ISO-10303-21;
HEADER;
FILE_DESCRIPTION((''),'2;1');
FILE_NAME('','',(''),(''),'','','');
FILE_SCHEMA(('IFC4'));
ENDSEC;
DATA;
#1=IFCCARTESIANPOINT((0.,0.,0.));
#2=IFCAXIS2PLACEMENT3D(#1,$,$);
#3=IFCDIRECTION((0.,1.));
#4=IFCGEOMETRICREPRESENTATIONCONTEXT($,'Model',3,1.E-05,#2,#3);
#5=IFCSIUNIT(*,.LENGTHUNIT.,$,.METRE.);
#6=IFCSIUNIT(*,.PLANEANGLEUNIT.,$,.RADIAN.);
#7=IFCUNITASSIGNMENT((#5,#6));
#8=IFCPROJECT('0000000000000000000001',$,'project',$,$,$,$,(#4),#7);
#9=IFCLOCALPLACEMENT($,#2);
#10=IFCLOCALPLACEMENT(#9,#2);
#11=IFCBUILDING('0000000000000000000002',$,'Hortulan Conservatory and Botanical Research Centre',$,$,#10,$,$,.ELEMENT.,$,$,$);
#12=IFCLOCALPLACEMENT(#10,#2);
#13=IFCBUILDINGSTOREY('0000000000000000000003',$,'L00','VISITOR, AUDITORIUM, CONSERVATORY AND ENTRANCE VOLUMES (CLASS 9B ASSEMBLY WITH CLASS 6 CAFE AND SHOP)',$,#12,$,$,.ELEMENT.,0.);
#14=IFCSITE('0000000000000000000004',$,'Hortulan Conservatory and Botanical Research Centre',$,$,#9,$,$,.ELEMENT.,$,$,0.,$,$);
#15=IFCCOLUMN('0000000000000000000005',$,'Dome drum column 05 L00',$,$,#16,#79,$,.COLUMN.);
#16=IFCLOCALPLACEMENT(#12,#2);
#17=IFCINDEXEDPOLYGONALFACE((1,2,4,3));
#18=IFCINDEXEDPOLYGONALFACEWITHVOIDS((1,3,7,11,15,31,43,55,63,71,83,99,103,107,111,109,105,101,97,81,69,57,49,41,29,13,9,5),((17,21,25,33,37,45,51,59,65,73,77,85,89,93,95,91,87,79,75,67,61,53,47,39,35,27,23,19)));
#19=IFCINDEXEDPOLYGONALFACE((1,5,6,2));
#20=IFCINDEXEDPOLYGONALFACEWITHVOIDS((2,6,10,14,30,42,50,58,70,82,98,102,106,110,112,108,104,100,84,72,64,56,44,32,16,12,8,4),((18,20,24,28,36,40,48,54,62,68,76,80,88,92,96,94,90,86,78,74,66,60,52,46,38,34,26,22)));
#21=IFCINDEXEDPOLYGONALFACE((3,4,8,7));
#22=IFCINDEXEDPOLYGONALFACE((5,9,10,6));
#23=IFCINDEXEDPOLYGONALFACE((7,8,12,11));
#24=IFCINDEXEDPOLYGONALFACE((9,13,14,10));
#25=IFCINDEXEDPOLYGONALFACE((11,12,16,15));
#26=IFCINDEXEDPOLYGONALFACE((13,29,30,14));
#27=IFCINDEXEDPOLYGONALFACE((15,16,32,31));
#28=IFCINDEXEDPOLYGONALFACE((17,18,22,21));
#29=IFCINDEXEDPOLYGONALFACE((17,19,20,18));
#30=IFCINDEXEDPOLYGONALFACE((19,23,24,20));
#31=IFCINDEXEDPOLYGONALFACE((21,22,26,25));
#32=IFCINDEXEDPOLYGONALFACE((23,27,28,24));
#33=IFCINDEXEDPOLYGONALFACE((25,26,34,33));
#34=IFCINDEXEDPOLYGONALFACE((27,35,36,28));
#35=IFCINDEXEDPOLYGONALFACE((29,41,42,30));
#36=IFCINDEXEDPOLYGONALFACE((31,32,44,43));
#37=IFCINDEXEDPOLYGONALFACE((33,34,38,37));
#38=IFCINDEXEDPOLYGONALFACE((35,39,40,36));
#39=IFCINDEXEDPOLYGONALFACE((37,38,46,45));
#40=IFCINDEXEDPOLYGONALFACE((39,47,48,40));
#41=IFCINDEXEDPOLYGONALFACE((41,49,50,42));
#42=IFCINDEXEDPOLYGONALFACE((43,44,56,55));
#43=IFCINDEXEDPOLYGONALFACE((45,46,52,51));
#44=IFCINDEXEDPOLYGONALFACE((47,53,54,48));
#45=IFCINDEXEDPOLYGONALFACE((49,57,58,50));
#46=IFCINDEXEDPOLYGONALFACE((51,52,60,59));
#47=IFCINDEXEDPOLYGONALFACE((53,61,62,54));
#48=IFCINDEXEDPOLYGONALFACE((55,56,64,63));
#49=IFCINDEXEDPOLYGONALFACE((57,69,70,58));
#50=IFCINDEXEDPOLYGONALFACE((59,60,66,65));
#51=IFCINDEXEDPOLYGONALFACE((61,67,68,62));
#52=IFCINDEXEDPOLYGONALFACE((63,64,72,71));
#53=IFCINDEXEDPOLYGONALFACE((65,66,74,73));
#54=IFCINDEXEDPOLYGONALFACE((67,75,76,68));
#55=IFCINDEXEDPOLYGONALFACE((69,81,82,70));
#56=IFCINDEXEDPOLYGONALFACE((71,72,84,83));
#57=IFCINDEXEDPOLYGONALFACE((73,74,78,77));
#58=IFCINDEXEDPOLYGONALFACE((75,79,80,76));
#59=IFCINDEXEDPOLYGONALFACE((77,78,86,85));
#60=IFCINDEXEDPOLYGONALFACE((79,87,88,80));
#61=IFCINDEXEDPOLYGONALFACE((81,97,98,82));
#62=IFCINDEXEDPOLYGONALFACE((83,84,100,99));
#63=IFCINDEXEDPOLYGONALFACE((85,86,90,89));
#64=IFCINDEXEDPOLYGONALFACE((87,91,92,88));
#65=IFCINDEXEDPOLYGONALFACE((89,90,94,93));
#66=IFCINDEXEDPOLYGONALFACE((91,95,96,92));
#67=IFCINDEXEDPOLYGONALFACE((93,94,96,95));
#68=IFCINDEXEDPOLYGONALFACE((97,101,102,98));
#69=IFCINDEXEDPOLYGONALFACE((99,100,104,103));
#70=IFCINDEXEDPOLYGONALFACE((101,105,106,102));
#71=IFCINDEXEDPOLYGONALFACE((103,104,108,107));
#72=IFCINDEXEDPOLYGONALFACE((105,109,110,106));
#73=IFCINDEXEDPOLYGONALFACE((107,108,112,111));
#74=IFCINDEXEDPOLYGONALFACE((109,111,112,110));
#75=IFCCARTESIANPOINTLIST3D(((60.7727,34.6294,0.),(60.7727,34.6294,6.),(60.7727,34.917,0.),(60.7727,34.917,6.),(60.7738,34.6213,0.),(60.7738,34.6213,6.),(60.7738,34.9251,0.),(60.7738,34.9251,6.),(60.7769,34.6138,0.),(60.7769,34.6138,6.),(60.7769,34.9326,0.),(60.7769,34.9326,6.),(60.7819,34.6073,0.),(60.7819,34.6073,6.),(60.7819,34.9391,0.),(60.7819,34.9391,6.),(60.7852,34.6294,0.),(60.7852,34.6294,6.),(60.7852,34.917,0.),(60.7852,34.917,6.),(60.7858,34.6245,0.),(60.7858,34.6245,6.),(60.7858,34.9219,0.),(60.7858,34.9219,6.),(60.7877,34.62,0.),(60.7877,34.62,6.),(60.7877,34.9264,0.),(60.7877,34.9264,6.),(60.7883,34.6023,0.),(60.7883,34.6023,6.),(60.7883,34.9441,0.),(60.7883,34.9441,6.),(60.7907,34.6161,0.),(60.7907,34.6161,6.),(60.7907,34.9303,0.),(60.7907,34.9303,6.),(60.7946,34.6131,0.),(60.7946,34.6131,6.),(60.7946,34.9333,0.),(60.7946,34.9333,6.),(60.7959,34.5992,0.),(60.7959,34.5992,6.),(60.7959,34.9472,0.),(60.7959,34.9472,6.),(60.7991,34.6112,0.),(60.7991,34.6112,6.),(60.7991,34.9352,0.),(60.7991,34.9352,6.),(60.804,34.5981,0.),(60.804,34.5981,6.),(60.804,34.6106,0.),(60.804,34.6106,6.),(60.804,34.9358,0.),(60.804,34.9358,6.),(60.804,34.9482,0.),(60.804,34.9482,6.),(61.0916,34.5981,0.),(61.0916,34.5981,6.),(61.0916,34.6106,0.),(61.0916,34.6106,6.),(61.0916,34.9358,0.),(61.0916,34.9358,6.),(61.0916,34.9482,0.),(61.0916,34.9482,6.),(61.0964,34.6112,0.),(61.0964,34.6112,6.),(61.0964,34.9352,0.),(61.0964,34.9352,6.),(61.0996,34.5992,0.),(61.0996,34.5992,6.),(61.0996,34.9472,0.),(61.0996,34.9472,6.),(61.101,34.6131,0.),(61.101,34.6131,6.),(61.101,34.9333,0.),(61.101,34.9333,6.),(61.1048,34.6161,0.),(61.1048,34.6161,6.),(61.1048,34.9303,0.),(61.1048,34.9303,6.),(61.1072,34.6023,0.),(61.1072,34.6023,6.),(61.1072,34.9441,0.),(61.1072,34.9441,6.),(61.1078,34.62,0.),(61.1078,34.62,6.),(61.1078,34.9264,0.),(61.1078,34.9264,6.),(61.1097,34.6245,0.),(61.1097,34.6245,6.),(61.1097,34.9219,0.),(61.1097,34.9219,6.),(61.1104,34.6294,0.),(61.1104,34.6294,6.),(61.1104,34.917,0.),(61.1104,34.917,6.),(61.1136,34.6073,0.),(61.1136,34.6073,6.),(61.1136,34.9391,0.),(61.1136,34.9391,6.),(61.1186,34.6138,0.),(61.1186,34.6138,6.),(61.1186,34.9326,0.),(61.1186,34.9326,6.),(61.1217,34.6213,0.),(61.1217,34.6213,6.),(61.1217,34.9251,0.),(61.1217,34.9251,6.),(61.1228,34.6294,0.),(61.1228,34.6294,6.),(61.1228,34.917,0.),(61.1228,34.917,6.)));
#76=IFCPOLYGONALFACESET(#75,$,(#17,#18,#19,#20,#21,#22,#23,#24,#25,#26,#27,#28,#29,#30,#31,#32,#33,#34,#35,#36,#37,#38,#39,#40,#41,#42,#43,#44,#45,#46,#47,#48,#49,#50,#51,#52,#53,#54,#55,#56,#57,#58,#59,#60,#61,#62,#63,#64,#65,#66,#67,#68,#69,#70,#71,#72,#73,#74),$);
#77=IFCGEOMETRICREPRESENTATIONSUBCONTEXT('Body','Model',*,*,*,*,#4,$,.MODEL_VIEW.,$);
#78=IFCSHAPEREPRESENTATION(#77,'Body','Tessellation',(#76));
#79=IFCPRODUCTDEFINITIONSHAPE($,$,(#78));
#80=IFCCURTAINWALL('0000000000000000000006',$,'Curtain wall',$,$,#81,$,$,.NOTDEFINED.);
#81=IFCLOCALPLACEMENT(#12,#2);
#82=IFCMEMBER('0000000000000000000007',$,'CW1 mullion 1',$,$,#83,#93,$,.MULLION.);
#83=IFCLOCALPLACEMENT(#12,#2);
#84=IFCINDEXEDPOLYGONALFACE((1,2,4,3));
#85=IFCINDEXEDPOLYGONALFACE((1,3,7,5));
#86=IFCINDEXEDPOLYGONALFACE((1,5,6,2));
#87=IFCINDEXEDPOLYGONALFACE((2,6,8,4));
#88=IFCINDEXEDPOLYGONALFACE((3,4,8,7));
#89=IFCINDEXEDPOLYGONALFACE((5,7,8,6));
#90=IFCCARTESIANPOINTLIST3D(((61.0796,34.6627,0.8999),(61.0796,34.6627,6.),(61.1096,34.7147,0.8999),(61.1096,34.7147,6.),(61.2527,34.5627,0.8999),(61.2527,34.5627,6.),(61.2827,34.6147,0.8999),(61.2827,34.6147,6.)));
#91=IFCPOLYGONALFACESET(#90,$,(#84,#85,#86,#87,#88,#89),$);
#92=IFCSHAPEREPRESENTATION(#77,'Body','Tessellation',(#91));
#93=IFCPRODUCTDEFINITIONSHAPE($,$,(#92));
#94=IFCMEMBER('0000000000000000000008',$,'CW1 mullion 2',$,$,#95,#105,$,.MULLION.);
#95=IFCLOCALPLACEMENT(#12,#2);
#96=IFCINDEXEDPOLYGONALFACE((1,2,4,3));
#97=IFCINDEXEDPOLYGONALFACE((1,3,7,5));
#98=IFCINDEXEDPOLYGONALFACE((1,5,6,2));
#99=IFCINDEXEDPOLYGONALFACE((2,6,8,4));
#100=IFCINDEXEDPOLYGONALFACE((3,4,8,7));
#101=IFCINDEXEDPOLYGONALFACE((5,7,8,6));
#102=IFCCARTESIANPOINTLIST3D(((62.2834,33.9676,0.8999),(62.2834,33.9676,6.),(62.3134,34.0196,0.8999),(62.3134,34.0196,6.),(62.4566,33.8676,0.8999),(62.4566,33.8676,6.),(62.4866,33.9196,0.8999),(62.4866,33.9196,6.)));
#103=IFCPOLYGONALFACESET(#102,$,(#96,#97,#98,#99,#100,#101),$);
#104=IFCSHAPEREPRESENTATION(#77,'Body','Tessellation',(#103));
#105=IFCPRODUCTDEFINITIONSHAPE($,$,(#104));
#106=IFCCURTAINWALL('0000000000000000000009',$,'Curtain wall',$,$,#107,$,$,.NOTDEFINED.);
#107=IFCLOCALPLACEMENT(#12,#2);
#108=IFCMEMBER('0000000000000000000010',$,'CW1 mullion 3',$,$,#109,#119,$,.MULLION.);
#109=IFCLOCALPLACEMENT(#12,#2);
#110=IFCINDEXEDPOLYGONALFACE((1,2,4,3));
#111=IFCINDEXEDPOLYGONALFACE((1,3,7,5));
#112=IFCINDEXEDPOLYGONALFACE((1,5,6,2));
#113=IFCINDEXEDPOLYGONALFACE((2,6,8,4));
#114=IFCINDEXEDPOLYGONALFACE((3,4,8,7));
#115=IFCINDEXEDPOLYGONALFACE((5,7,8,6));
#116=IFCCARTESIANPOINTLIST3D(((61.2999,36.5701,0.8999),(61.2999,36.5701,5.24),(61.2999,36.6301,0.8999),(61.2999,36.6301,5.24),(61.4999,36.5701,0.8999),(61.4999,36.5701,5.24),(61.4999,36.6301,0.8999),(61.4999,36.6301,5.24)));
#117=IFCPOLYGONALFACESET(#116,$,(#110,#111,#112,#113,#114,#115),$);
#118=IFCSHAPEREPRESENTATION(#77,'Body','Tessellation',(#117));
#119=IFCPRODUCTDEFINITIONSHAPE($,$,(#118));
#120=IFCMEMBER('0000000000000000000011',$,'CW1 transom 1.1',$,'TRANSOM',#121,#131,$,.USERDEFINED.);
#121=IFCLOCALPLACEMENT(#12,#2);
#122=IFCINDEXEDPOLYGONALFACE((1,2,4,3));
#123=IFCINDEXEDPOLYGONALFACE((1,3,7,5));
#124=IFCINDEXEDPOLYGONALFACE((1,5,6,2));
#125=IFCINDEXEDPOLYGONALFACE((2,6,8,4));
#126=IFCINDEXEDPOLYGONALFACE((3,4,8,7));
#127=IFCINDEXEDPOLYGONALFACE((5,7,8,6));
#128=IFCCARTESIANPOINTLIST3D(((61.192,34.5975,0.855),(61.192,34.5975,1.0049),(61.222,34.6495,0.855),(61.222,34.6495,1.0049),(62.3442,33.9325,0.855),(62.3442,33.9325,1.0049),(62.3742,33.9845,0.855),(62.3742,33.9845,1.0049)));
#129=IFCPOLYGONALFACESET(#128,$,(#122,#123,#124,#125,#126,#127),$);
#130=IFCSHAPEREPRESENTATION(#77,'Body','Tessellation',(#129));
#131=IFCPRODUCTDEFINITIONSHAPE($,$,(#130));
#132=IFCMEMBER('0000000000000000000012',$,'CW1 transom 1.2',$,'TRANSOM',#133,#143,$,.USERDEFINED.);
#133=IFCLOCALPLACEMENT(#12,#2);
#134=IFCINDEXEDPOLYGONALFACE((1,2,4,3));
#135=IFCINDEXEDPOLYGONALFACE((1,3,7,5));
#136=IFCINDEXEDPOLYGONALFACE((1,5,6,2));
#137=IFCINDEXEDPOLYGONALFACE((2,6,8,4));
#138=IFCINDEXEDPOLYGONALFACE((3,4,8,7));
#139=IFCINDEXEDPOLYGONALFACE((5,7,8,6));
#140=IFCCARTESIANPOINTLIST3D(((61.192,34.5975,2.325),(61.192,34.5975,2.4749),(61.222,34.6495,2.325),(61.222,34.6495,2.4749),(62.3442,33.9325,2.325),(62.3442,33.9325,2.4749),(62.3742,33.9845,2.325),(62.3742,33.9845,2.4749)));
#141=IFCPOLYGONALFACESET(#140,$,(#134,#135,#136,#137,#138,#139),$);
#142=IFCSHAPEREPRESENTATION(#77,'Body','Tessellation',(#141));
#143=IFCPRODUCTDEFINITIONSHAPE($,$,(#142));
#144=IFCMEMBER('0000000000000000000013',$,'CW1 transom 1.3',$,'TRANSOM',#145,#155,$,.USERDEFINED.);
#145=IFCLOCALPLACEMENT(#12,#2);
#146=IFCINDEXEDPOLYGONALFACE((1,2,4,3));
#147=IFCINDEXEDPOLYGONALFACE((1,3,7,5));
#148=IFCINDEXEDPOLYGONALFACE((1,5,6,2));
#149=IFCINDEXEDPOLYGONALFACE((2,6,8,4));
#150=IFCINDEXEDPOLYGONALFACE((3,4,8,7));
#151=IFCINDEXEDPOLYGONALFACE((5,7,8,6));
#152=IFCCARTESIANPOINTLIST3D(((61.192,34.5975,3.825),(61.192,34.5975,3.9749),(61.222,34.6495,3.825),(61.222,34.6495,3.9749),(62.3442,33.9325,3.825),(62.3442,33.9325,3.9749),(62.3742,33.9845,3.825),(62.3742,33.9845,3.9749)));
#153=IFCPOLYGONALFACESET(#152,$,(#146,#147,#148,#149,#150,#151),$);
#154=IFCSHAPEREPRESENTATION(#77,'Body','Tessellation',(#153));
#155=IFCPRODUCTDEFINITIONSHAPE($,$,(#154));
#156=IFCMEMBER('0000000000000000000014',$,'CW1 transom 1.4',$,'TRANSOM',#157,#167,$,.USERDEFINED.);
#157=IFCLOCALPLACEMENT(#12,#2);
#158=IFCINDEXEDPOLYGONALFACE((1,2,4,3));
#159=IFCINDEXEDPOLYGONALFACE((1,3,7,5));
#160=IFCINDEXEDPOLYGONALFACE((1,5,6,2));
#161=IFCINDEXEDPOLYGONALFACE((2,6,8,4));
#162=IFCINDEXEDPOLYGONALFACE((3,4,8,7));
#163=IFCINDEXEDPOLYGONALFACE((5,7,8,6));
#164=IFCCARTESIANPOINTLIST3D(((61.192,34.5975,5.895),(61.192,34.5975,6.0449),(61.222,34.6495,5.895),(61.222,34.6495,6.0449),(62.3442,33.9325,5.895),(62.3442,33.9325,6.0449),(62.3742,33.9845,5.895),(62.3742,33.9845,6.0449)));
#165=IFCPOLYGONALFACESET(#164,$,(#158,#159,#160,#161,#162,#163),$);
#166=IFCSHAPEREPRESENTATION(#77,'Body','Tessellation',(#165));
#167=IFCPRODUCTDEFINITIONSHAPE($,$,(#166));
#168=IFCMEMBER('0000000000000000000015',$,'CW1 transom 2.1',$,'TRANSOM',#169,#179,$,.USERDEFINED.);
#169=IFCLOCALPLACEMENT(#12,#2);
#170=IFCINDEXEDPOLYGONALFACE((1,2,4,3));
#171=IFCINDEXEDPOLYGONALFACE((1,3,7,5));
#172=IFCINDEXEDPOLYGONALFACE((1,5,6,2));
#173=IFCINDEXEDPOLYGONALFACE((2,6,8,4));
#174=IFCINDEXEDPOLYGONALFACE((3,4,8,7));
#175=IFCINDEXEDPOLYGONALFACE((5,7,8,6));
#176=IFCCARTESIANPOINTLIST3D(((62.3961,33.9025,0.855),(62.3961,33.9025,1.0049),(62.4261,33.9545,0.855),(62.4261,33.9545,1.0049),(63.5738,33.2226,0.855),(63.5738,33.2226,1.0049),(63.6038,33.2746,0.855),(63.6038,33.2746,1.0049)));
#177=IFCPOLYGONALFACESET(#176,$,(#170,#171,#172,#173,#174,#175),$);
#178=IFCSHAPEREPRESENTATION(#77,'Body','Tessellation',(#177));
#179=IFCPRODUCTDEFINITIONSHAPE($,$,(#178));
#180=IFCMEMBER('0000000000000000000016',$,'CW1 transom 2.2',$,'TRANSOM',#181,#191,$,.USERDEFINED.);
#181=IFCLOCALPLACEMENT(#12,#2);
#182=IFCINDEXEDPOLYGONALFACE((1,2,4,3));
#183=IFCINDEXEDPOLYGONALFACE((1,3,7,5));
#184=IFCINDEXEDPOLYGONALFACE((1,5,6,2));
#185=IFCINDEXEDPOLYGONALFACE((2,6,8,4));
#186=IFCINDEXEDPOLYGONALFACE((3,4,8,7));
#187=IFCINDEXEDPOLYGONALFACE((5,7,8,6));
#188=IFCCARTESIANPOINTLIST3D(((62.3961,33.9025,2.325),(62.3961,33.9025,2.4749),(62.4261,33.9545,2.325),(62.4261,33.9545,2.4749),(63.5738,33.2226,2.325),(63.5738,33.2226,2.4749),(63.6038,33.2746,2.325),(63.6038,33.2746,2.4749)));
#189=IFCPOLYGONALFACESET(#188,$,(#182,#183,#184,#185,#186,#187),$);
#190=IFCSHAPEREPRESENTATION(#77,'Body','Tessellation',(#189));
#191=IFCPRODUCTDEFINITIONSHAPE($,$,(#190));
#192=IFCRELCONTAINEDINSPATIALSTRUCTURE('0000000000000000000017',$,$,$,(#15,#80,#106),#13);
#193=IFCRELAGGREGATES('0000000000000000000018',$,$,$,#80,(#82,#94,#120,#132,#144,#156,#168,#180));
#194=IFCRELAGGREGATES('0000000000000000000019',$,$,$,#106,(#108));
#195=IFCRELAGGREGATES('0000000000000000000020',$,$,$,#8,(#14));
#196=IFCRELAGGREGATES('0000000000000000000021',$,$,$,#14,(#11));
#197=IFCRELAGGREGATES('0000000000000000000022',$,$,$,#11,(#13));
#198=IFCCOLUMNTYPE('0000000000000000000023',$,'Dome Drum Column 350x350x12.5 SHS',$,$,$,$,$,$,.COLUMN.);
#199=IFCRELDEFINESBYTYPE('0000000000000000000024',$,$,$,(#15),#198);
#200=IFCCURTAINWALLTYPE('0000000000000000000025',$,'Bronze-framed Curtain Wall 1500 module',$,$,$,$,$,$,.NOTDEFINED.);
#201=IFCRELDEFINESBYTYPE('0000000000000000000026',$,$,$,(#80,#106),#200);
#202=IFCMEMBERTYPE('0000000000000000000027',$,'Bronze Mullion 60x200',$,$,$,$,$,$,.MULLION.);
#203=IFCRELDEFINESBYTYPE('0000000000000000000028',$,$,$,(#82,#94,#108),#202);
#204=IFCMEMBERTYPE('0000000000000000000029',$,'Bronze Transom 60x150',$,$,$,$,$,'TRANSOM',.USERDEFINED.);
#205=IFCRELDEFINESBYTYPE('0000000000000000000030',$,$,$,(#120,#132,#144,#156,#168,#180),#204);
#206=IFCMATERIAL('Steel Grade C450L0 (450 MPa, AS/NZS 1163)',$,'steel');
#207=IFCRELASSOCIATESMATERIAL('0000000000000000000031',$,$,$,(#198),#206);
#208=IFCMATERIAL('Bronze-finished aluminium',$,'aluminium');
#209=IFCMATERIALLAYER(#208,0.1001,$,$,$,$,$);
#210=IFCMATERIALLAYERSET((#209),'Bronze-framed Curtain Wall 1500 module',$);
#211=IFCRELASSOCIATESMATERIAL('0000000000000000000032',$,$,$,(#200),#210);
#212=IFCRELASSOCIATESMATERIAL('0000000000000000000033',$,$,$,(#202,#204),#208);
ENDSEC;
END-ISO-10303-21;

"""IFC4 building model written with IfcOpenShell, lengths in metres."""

from ifc_helpers import new_model, si_unit, direction, frame, origin, origin_2d, place, context, subcontext, project, spatial, rectangle, hollow_rectangle, extrude, material, layer, layer_set, material_profile, profile_set, type_object, element, aggregate, save


model = new_model("IFC4")

# Units and contexts
model_context = context("Model", 3, precision=1e-05, world=origin(), true_north=direction((0.0, 1.0)))
body_context = subcontext(model_context, "Body", "Model", "MODEL_VIEW")
ifc_project = project(units=[si_unit("LENGTHUNIT", "METRE"), si_unit("PLANEANGLEUNIT", "RADIAN")], contexts=[model_context])

# Site, building, storey
site_placement = place(None, origin())
site = spatial("IfcSite", under=ifc_project, at=site_placement, Name="Hortulan Conservatory and Botanical Research Centre", CompositionType="ELEMENT", RefElevation=0.0)
building_placement = place(site_placement, origin())
building = spatial("IfcBuilding", under=site, at=building_placement, Name="Hortulan Conservatory and Botanical Research Centre", CompositionType="ELEMENT")
storey_placement = place(building_placement, origin())
storey = spatial("IfcBuildingStorey", under=building, at=storey_placement, Name="L00", Description="VISITOR, AUDITORIUM, CONSERVATORY AND ENTRANCE VOLUMES (CLASS 9B ASSEMBLY WITH CLASS 6 CAFE AND SHOP)", CompositionType="ELEMENT", Elevation=0.0)

# Column
ifc_material_1 = material(Name="Steel Grade C450L0 (450 MPa, AS/NZS 1163)", Category="steel")
ifc_material_profile_1 = material_profile(ifc_material_1, hollow_rectangle(XDim=0.3501, YDim=0.3501, WallThickness=0.0125, InnerFilletRadius=0.0188, OuterFilletRadius=0.0312, at=origin_2d()), Name="350x350x12.5SHS")
ifc_profile_set_1 = profile_set([ifc_material_profile_1], Name="Steel Grade C450L0 (450 MPa, AS/NZS 1163)")
column_type = type_object("IfcColumnType", Name="Dome Drum Column 350x350x12.5 SHS", PredefinedType="COLUMN", material=ifc_profile_set_1)
column_placement = place(storey_placement, frame((60.9478, 34.7732, 0.0), z_axis=(0.0, 0.0, 1.0), x_axis=(1.0, 0.0, 0.0)))
element("IfcColumn", 1, at=column_placement, inside=storey, type_object=column_type, Name="Dome drum column 05 L00", PredefinedType="COLUMN", context=body_context, shape_type="SweptSolid", body=[
    extrude(hollow_rectangle(XDim=0.3501, YDim=0.3501, WallThickness=0.0125, InnerFilletRadius=0.0188, OuterFilletRadius=0.0312, at=origin_2d()), origin(), (0.0, 0.0, 1.0), 6.0),
])

# Curtain wall, members
ifc_material_2 = material(Name="Bronze-finished aluminium", Category="aluminium")
ifc_layer_1 = layer(ifc_material_2, 0.1001)
ifc_layer_set_1 = layer_set([ifc_layer_1], Name="Bronze-framed Curtain Wall 1500 module")
curtain_wall_type = type_object("IfcCurtainWallType", Name="Bronze-framed Curtain Wall 1500 module", PredefinedType="NOTDEFINED", material=ifc_layer_set_1)
curtain_wall_1_placement = place(storey_placement, origin())
curtain_wall_1 = element("IfcCurtainWall", 2, at=curtain_wall_1_placement, inside=storey, type_object=curtain_wall_type, Name="Curtain wall", PredefinedType="NOTDEFINED")
ifc_material_profile_2 = material_profile(ifc_material_2, rectangle(XDim=0.0601, YDim=0.2, at=origin_2d()), Name="Bronze Mullion 60x200")
ifc_profile_set_2 = profile_set([ifc_material_profile_2], Name="Bronze-finished aluminium")
member_type_1 = type_object("IfcMemberType", Name="Bronze Mullion 60x200", PredefinedType="MULLION", material=ifc_profile_set_2)
member_1_placement = place(storey_placement, frame((61.1812, 34.6387, 0.8999), z_axis=(0.0, 0.0, 1.0), x_axis=(0.499981, 0.866036, 0.0)))
member_1 = element("IfcMember", 3, at=member_1_placement, type_object=member_type_1, Name="CW1 mullion 1", PredefinedType="MULLION", context=body_context, shape_type="SweptSolid", body=[
    extrude(rectangle(XDim=0.0601, YDim=0.2, at=origin_2d()), origin(), (0.0, 0.0, 1.0), 5.1001),
])
member_2_placement = place(storey_placement, frame((62.385, 33.9436, 0.8999), z_axis=(0.0, 0.0, 1.0), x_axis=(0.499981, 0.866036, 0.0)))
member_2 = element("IfcMember", 4, at=member_2_placement, type_object=member_type_1, Name="CW1 mullion 2", PredefinedType="MULLION", context=body_context, shape_type="SweptSolid", body=[
    extrude(rectangle(XDim=0.0601, YDim=0.2, at=origin_2d()), origin(), (0.0, 0.0, 1.0), 5.1001),
])

# Curtain wall, member
curtain_wall_2_placement = place(storey_placement, origin())
curtain_wall_2 = element("IfcCurtainWall", 5, at=curtain_wall_2_placement, inside=storey, type_object=curtain_wall_type, Name="Curtain wall", PredefinedType="NOTDEFINED")
member_3_placement = place(storey_placement, frame((61.3999, 36.6001, 0.8999), z_axis=(0.0, 0.0, 1.0), x_axis=(0.0, 1.0, 0.0)))
member_3 = element("IfcMember", 6, at=member_3_placement, type_object=member_type_1, Name="CW1 mullion 3", PredefinedType="MULLION", context=body_context, shape_type="SweptSolid", body=[
    extrude(rectangle(XDim=0.0601, YDim=0.2, at=origin_2d()), origin(), (0.0, 0.0, 1.0), 4.3401),
])

# Members
ifc_material_profile_3 = material_profile(ifc_material_2, rectangle(XDim=0.0601, YDim=0.1499, at=origin_2d()), Name="Bronze Transom 60x150")
ifc_profile_set_3 = profile_set([ifc_material_profile_3], Name="Bronze-finished aluminium")
member_type_2 = type_object("IfcMemberType", Name="Bronze Transom 60x150", ElementType="TRANSOM", PredefinedType="USERDEFINED", material=ifc_profile_set_3)
member_4_placement = place(storey_placement, frame((61.207, 34.6235, 0.9299), z_axis=(0.866066, -0.499929, 0.0), x_axis=(0.499929, 0.866066, 0.0)))
member_4 = element("IfcMember", 7, at=member_4_placement, type_object=member_type_2, Name="CW1 transom 1.1", ObjectType="TRANSOM", PredefinedType="USERDEFINED", context=body_context, shape_type="SweptSolid", body=[
    extrude(rectangle(XDim=0.0601, YDim=0.1499, at=origin_2d()), origin(), (0.0, 0.0, 1.0), 1.3303),
])
member_5_placement = place(storey_placement, frame((61.207, 34.6235, 2.3999), z_axis=(0.866066, -0.499929, 0.0), x_axis=(0.499929, 0.866066, 0.0)))
member_5 = element("IfcMember", 8, at=member_5_placement, type_object=member_type_2, Name="CW1 transom 1.2", ObjectType="TRANSOM", PredefinedType="USERDEFINED", context=body_context, shape_type="SweptSolid", body=[
    extrude(rectangle(XDim=0.0601, YDim=0.1499, at=origin_2d()), origin(), (0.0, 0.0, 1.0), 1.3303),
])
member_6_placement = place(storey_placement, frame((61.207, 34.6235, 3.8999), z_axis=(0.866066, -0.499929, 0.0), x_axis=(0.499929, 0.866066, 0.0)))
member_6 = element("IfcMember", 9, at=member_6_placement, type_object=member_type_2, Name="CW1 transom 1.3", ObjectType="TRANSOM", PredefinedType="USERDEFINED", context=body_context, shape_type="SweptSolid", body=[
    extrude(rectangle(XDim=0.0601, YDim=0.1499, at=origin_2d()), origin(), (0.0, 0.0, 1.0), 1.3303),
])
member_7_placement = place(storey_placement, frame((61.207, 34.6235, 5.97), z_axis=(0.866066, -0.499929, 0.0), x_axis=(0.499929, 0.866066, 0.0)))
member_7 = element("IfcMember", 10, at=member_7_placement, type_object=member_type_2, Name="CW1 transom 1.4", ObjectType="TRANSOM", PredefinedType="USERDEFINED", context=body_context, shape_type="SweptSolid", body=[
    extrude(rectangle(XDim=0.0601, YDim=0.1499, at=origin_2d()), origin(), (0.0, 0.0, 1.0), 1.3303),
])
member_8_placement = place(storey_placement, frame((62.4111, 33.9285, 0.9299), z_axis=(0.866036, -0.499981, 0.0), x_axis=(0.499981, 0.866036, 0.0)))
member_8 = element("IfcMember", 11, at=member_8_placement, type_object=member_type_2, Name="CW1 transom 2.1", ObjectType="TRANSOM", PredefinedType="USERDEFINED", context=body_context, shape_type="SweptSolid", body=[
    extrude(rectangle(XDim=0.0601, YDim=0.1499, at=origin_2d()), origin(), (0.0, 0.0, 1.0), 1.3599),
])
member_9_placement = place(storey_placement, frame((62.4111, 33.9285, 2.3999), z_axis=(0.866036, -0.499981, 0.0), x_axis=(0.499981, 0.866036, 0.0)))
member_9 = element("IfcMember", 12, at=member_9_placement, type_object=member_type_2, Name="CW1 transom 2.2", ObjectType="TRANSOM", PredefinedType="USERDEFINED", context=body_context, shape_type="SweptSolid", body=[
    extrude(rectangle(XDim=0.0601, YDim=0.1499, at=origin_2d()), origin(), (0.0, 0.0, 1.0), 1.3599),
])

aggregate(curtain_wall_1, [member_1, member_2, member_4, member_5, member_6, member_7, member_8, member_9])
aggregate(curtain_wall_2, [member_3])

save(model, "model.ifc")
